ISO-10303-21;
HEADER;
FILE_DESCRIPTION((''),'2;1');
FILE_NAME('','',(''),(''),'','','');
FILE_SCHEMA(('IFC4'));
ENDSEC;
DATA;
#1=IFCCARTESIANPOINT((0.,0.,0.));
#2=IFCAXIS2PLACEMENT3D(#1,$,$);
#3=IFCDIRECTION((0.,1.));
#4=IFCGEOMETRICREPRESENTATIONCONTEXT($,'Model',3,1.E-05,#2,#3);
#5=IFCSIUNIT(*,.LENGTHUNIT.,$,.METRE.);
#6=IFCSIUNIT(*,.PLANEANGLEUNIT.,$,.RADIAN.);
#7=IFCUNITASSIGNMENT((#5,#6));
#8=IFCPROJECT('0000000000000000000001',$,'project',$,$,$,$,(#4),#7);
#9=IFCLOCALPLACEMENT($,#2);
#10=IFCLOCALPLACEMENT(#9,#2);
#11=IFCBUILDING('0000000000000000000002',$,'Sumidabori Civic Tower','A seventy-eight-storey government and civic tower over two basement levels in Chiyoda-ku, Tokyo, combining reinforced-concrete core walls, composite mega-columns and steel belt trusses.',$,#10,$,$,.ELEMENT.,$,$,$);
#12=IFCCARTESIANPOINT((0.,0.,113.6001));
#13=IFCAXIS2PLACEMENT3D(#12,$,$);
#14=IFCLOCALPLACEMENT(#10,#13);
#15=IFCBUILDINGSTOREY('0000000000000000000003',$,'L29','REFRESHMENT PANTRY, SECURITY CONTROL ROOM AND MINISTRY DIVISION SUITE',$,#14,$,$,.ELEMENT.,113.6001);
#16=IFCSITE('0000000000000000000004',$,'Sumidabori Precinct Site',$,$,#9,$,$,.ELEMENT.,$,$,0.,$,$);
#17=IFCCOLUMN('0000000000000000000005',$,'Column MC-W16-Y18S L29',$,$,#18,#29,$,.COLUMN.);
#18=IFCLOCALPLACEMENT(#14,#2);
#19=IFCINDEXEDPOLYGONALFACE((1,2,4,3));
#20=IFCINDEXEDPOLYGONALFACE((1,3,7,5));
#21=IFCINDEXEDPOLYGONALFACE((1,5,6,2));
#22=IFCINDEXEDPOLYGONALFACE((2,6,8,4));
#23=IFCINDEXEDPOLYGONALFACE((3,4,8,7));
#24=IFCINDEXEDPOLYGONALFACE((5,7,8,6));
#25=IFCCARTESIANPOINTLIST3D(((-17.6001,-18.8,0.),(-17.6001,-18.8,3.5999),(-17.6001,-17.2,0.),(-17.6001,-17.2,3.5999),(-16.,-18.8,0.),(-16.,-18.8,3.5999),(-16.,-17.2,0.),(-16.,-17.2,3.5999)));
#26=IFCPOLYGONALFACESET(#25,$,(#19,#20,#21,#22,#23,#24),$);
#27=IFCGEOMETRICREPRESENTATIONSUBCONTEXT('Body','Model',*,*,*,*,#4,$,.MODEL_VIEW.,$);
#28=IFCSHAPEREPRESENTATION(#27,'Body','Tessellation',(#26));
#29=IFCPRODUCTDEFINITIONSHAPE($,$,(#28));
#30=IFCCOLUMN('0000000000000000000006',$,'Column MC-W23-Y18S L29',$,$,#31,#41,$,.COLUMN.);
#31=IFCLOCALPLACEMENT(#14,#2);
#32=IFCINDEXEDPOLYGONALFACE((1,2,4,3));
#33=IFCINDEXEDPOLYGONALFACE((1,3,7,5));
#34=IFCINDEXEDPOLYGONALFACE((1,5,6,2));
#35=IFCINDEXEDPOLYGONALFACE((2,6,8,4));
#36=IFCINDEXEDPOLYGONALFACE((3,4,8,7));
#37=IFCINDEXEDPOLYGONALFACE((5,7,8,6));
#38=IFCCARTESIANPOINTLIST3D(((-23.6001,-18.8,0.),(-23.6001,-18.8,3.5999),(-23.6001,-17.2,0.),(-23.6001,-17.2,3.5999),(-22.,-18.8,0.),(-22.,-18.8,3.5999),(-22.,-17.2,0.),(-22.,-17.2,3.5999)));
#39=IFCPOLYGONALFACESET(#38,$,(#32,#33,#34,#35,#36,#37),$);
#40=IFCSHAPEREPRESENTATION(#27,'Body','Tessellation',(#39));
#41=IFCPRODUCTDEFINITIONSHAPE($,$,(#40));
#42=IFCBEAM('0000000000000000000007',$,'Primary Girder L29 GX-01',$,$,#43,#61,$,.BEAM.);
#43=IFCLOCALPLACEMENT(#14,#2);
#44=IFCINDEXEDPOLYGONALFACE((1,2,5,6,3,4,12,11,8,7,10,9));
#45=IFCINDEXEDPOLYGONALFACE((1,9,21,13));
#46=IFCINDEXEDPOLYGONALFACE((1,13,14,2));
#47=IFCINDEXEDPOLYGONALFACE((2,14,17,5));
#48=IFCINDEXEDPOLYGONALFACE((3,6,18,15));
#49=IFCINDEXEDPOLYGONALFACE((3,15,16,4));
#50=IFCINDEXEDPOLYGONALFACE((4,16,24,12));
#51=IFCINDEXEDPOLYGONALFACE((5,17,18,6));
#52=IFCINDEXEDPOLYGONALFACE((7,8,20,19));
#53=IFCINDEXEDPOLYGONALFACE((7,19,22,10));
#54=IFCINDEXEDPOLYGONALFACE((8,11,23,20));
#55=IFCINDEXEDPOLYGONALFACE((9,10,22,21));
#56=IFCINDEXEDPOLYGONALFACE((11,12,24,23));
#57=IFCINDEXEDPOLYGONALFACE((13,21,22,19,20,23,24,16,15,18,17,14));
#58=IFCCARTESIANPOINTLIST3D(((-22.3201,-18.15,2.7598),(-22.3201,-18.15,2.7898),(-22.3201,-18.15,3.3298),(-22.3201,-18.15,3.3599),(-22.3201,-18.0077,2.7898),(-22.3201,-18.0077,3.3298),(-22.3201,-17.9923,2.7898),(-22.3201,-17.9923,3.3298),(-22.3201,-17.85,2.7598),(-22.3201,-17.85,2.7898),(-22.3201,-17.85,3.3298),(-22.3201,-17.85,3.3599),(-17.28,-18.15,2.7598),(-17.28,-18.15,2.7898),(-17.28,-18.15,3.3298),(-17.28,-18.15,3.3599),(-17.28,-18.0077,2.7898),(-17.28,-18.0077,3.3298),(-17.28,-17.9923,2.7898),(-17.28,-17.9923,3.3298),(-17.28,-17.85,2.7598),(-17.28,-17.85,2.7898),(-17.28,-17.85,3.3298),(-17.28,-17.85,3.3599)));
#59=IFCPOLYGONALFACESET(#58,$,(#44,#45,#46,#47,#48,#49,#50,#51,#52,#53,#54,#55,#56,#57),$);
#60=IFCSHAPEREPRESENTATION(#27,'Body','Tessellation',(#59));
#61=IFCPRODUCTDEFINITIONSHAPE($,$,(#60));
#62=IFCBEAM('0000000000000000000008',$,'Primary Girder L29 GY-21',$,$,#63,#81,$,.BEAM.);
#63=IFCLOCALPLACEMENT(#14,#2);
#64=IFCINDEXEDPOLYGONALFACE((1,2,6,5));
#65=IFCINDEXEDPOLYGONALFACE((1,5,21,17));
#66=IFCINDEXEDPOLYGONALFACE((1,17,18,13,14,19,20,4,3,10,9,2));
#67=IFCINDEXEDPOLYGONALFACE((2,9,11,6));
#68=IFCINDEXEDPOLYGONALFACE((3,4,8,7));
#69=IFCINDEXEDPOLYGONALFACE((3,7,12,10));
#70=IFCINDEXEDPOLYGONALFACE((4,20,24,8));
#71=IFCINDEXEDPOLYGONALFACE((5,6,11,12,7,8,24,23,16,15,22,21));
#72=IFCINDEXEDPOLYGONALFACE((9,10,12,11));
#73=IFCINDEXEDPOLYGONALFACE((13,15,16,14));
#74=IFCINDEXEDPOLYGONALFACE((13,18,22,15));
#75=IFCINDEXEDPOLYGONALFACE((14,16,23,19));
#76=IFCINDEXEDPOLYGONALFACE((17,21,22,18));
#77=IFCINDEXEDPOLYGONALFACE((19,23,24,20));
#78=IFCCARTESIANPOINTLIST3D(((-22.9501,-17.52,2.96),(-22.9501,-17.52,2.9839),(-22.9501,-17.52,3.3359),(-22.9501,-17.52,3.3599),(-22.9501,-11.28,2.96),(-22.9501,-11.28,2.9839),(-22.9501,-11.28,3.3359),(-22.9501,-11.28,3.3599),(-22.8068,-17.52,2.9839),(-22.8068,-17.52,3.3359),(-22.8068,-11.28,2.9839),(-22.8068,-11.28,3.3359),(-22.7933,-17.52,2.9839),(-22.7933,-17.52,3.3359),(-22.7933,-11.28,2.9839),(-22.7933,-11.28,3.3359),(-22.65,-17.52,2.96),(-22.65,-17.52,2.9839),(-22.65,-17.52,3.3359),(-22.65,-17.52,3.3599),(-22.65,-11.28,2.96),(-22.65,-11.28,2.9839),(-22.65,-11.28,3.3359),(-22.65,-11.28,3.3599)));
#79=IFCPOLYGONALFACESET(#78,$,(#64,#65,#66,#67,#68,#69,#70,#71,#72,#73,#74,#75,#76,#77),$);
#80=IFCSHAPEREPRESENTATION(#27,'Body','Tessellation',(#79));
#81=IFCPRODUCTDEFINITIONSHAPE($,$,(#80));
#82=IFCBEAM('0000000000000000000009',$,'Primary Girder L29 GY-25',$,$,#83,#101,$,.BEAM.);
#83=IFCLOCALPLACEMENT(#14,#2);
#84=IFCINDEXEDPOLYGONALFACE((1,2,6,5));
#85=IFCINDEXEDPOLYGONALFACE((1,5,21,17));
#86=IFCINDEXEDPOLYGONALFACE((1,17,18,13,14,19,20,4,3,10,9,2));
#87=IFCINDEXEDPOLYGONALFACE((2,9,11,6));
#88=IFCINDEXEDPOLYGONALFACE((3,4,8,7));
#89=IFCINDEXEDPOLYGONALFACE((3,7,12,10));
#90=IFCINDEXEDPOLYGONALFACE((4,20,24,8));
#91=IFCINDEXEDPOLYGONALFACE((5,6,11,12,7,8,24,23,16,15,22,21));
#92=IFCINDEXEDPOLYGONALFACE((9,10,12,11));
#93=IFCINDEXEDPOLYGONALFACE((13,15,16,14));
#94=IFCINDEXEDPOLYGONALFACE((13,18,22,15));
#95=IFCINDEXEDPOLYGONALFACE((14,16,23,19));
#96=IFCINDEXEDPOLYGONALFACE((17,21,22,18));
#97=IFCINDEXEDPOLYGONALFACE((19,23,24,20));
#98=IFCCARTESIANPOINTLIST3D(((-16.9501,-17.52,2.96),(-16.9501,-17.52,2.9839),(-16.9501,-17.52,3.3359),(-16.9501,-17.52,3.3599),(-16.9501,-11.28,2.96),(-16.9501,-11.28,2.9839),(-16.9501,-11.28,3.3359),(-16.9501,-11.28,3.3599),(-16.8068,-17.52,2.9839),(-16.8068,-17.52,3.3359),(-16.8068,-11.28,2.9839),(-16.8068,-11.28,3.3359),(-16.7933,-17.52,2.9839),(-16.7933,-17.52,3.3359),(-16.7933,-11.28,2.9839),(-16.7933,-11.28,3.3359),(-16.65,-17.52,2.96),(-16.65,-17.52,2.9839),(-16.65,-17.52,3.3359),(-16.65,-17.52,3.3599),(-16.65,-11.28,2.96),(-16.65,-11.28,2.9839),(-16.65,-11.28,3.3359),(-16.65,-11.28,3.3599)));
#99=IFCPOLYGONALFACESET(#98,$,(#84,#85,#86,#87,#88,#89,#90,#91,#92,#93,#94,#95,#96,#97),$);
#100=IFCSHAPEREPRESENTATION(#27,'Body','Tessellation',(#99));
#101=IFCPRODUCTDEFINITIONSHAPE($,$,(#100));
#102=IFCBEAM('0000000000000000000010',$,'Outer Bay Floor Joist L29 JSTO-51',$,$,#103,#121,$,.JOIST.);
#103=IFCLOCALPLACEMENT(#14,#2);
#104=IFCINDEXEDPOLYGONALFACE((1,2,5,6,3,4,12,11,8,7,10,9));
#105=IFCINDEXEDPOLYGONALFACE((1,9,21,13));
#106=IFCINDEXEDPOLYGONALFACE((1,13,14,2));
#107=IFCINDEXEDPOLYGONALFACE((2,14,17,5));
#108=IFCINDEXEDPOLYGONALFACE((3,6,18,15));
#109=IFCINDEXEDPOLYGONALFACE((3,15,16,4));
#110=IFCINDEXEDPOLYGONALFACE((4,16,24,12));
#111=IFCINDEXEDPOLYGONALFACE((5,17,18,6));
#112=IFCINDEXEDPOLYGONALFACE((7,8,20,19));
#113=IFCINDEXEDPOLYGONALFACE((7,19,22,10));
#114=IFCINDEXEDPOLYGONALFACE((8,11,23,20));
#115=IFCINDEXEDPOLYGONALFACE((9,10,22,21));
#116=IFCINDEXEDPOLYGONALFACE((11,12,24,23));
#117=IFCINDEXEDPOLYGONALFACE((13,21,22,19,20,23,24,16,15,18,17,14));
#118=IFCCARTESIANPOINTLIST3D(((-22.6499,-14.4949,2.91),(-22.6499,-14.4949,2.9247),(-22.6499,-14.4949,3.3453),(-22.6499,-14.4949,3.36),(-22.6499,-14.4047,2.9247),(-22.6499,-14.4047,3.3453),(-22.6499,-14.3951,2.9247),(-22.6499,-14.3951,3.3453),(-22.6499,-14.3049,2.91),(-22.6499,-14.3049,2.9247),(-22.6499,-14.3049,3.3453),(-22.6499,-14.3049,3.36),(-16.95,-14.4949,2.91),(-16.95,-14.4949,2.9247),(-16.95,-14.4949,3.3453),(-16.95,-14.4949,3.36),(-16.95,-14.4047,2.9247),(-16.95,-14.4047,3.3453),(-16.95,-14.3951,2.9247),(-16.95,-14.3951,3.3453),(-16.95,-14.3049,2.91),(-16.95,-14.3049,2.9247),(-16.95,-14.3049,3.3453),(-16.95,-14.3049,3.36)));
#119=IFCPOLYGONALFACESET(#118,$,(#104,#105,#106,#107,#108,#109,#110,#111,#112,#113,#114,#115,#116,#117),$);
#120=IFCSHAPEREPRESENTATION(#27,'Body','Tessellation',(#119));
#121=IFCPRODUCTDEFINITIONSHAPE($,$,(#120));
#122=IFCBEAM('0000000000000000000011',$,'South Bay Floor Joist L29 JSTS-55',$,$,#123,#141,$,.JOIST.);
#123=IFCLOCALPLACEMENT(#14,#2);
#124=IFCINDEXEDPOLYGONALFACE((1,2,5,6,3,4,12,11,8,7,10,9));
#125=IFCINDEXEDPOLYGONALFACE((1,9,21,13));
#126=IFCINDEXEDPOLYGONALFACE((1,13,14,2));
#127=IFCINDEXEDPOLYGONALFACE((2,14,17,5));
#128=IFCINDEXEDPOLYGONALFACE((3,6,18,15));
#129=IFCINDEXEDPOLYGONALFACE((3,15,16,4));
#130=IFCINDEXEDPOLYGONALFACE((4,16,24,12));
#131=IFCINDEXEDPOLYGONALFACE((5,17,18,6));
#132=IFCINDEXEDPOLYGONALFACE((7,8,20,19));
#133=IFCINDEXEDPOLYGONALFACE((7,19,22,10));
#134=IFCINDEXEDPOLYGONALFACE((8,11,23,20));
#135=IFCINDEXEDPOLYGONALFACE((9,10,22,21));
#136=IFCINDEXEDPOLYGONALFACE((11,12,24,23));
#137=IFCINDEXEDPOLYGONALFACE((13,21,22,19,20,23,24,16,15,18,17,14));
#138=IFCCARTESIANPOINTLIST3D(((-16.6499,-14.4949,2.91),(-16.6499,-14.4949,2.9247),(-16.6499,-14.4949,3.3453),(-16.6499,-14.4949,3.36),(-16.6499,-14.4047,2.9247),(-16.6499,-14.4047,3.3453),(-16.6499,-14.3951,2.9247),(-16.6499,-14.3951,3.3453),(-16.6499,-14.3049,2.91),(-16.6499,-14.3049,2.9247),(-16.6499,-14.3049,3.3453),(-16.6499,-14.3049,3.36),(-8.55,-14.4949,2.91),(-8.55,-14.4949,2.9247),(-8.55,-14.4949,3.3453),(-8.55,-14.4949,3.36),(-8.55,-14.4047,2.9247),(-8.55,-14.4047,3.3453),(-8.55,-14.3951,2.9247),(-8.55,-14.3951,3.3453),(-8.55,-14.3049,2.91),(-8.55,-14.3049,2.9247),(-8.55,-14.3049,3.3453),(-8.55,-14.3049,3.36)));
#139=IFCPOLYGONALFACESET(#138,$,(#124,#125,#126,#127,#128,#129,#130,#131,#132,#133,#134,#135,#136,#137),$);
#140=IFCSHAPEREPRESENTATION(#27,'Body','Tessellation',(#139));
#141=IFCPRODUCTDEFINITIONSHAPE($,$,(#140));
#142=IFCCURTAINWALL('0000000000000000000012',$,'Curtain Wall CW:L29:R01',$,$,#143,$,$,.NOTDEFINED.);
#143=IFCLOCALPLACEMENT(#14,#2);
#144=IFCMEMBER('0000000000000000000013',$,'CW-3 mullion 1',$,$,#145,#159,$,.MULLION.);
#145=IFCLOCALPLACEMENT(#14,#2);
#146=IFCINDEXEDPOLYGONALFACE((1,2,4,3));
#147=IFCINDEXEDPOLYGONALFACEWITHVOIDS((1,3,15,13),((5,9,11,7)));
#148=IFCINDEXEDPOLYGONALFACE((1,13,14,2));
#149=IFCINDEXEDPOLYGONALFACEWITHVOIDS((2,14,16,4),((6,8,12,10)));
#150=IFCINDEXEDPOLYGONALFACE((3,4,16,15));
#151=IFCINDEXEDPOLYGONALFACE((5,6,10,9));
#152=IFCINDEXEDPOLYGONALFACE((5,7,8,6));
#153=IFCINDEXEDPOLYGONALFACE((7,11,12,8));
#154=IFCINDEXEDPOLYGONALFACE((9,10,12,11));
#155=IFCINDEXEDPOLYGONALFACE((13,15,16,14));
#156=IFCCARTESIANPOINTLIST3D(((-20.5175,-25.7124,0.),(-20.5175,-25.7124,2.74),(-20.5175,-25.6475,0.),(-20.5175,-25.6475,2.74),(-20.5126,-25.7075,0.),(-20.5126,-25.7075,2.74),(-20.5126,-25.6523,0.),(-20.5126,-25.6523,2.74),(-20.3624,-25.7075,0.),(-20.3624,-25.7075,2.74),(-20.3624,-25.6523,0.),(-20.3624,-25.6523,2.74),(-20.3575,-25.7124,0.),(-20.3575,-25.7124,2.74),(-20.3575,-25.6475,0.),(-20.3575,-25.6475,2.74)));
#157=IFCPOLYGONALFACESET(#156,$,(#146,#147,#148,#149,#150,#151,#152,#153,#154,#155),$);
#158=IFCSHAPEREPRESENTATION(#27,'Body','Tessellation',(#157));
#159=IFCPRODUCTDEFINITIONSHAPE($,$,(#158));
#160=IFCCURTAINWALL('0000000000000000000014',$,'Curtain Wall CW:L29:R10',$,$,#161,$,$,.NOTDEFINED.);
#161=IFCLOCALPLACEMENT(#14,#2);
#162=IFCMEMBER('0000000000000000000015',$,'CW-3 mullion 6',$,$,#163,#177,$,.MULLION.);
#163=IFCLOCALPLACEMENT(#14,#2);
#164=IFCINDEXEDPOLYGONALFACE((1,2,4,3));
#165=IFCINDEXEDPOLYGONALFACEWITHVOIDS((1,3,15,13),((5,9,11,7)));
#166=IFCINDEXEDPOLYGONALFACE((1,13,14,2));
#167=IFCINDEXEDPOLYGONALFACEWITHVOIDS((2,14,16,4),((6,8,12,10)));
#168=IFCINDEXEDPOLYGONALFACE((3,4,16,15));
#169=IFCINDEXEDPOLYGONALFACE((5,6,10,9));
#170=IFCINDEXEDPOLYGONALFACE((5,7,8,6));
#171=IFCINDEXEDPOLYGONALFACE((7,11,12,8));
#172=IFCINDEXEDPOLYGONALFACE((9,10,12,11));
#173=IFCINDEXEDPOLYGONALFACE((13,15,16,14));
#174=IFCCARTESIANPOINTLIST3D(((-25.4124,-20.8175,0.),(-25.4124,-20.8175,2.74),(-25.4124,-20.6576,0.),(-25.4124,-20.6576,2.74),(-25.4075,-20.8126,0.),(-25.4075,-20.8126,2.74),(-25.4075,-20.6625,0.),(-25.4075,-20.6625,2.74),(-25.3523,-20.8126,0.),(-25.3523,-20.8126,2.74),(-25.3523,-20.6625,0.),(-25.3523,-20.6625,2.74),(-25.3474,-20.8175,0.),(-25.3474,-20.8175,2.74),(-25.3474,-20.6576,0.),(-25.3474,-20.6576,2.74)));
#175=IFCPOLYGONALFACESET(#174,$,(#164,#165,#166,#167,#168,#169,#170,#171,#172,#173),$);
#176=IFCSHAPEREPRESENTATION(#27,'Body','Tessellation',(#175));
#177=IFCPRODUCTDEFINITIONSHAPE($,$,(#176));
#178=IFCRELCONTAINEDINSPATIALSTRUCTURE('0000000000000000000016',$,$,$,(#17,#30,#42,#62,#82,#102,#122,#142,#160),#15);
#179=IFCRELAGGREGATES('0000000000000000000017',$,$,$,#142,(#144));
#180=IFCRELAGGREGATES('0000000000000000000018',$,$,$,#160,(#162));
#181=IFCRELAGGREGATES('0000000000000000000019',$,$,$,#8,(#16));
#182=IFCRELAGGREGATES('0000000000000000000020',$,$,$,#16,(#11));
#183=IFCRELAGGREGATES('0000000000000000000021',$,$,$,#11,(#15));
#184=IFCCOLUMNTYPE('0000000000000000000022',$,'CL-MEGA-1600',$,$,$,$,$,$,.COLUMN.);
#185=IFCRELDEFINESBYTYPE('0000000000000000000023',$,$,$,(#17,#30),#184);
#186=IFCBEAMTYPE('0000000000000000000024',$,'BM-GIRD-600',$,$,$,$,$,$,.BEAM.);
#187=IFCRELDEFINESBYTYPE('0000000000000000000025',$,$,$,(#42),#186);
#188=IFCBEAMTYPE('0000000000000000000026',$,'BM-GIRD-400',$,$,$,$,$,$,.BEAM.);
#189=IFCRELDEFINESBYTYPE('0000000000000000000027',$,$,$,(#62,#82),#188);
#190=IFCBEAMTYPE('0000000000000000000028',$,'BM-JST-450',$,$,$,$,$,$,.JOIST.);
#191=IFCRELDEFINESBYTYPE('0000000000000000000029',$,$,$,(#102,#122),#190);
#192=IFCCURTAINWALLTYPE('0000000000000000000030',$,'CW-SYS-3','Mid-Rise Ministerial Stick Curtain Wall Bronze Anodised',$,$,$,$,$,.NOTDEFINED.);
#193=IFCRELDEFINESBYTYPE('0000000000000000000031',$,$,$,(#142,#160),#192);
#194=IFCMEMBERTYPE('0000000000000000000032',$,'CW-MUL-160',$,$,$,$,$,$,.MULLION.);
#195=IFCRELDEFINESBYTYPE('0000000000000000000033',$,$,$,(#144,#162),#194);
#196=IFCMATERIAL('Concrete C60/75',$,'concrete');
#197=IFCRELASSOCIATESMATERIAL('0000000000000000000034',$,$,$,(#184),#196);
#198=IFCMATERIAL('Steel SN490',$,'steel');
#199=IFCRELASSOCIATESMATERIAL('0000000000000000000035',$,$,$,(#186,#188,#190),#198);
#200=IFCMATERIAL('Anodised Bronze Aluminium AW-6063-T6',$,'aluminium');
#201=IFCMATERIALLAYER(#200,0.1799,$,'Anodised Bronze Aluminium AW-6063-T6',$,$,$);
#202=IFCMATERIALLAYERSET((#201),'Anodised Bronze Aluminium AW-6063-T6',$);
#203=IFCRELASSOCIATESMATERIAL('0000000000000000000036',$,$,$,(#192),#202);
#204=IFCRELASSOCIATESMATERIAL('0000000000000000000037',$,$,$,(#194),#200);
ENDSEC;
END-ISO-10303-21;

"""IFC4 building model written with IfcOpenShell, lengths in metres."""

from ifc_helpers import new_model, si_unit, direction, frame, origin, origin_2d, place, context, subcontext, project, spatial, rectangle, hollow_rectangle, i_section, extrude, source, transform, mapped, material, layer, layer_set, material_profile, profile_set, type_object, element, aggregate, save


model = new_model("IFC4")

# Units and contexts
model_context = context("Model", 3, precision=1e-05, world=origin(), true_north=direction((0.0, 1.0)))
body_context = subcontext(model_context, "Body", "Model", "MODEL_VIEW")
ifc_project = project(units=[si_unit("LENGTHUNIT", "METRE"), si_unit("PLANEANGLEUNIT", "RADIAN")], contexts=[model_context])

# Site, building, storey
site_placement = place(None, origin())
site = spatial("IfcSite", under=ifc_project, at=site_placement, Name="Sumidabori Precinct Site", CompositionType="ELEMENT", RefElevation=0.0)
building_placement = place(site_placement, origin())
building = spatial("IfcBuilding", under=site, at=building_placement, Name="Sumidabori Civic Tower", Description="A seventy-eight-storey government and civic tower over two basement levels in Chiyoda-ku, Tokyo, combining reinforced-concrete core walls, composite mega-columns and steel belt trusses.", CompositionType="ELEMENT")
storey_placement = place(building_placement, frame((0.0, 0.0, 113.6001)))
storey = spatial("IfcBuildingStorey", under=building, at=storey_placement, Name="L29", Description="REFRESHMENT PANTRY, SECURITY CONTROL ROOM AND MINISTRY DIVISION SUITE", CompositionType="ELEMENT", Elevation=113.6001)

# Columns
ifc_material_1 = material(Name="Concrete C60/75", Category="concrete")
ifc_material_profile_1 = material_profile(ifc_material_1, rectangle(XDim=1.6001, YDim=1.6001, at=origin_2d()), Name="RC 1600x1600")
ifc_profile_set_1 = profile_set([ifc_material_profile_1], Name="Concrete C60/75")
column_type = type_object("IfcColumnType", Name="CL-MEGA-1600", PredefinedType="COLUMN", material=ifc_profile_set_1)
shared_shape_1 = source(origin(), body_context, "Body", "SweptSolid", [
    extrude(rectangle(XDim=1.6001, YDim=1.6001, at=origin_2d()), origin(), (0.0, 0.0, 1.0), 3.5999),
])
for number, where, z_axis, x_axis, name in (
    (1, (-16.8, -18.0, 0.0), (0.0, 0.0, 1.0), (1.0, 0.0, 0.0), "Column MC-W16-Y18S L29"),
    (2, (-22.8, -18.0, 0.0), (0.0, 0.0, 1.0), (1.0, 0.0, 0.0), "Column MC-W23-Y18S L29"),
):
    element("IfcColumn", number, at=place(storey_placement, frame(where, z_axis=z_axis, x_axis=x_axis)), inside=storey, type_object=column_type, Name=name, PredefinedType="COLUMN", context=body_context, shape_type="MappedRepresentation", body=[
        mapped(shared_shape_1, transform((0.0, 0.0, 0.0), x_axis=(1.0, 0.0, 0.0), y_axis=(0.0, 1.0, 0.0), z_axis=(0.0, 0.0, 1.0), scale=1.0)),
    ])

# Beams
ifc_material_2 = material(Name="Steel SN490", Category="steel")
ifc_material_profile_2 = material_profile(ifc_material_2, i_section(OverallWidth=0.3, OverallDepth=0.6001, WebThickness=0.0154, FlangeThickness=0.03, at=origin_2d()), Name="HE 600 B")
ifc_profile_set_2 = profile_set([ifc_material_profile_2], Name="Steel SN490")
beam_type_1 = type_object("IfcBeamType", Name="BM-GIRD-600", PredefinedType="BEAM", material=ifc_profile_set_2)
shared_shape_2 = source(origin(), body_context, "Body", "SweptSolid", [
    extrude(i_section(OverallWidth=0.3, OverallDepth=0.6001, WebThickness=0.0154, FlangeThickness=0.03, at=origin_2d()), origin(), (0.0, 0.0, 1.0), 5.04),
])
beam_1_placement = place(storey_placement, frame((-22.3201, -18.0, 3.0598), z_axis=(1.0, 0.0, 0.0), x_axis=(0.0, 1.0, 0.0)))
element("IfcBeam", 3, at=beam_1_placement, inside=storey, type_object=beam_type_1, Name="Primary Girder L29 GX-01", PredefinedType="BEAM", context=body_context, shape_type="MappedRepresentation", body=[
    mapped(shared_shape_2, transform((0.0, 0.0, 0.0), x_axis=(1.0, 0.0, 0.0), y_axis=(0.0, 1.0, 0.0), z_axis=(0.0, 0.0, 1.0), scale=1.0)),
])
ifc_material_profile_3 = material_profile(ifc_material_2, i_section(OverallWidth=0.3, OverallDepth=0.3999, WebThickness=0.0134, FlangeThickness=0.0239, at=origin_2d()), Name="HE 400 B")
ifc_profile_set_3 = profile_set([ifc_material_profile_3], Name="Steel SN490")
beam_type_2 = type_object("IfcBeamType", Name="BM-GIRD-400", PredefinedType="BEAM", material=ifc_profile_set_3)
shared_shape_3 = source(origin(), body_context, "Body", "SweptSolid", [
    extrude(i_section(OverallWidth=0.3, OverallDepth=0.3999, WebThickness=0.0134, FlangeThickness=0.0239, at=origin_2d()), origin(), (0.0, 0.0, 1.0), 6.24),
])
for number, where, z_axis, x_axis, name in (
    (4, (-22.8, -17.52, 3.1599), (0.0, 1.0, 0.0), (-1.0, 0.0, 0.0), "Primary Girder L29 GY-21"),
    (5, (-16.8, -17.52, 3.1599), (0.0, 1.0, 0.0), (-1.0, 0.0, 0.0), "Primary Girder L29 GY-25"),
):
    element("IfcBeam", number, at=place(storey_placement, frame(where, z_axis=z_axis, x_axis=x_axis)), inside=storey, type_object=beam_type_2, Name=name, PredefinedType="BEAM", context=body_context, shape_type="MappedRepresentation", body=[
        mapped(shared_shape_3, transform((0.0, 0.0, 0.0), x_axis=(1.0, 0.0, 0.0), y_axis=(0.0, 1.0, 0.0), z_axis=(0.0, 0.0, 1.0), scale=1.0)),
    ])
ifc_material_profile_4 = material_profile(ifc_material_2, i_section(OverallWidth=0.1899, OverallDepth=0.45, WebThickness=0.0095, FlangeThickness=0.0146, at=origin_2d()), Name="IPE 450")
ifc_profile_set_4 = profile_set([ifc_material_profile_4], Name="Steel SN490")
beam_type_3 = type_object("IfcBeamType", Name="BM-JST-450", PredefinedType="JOIST", material=ifc_profile_set_4)
shared_shape_4 = source(origin(), body_context, "Body", "SweptSolid", [
    extrude(i_section(OverallWidth=0.1899, OverallDepth=0.45, WebThickness=0.0095, FlangeThickness=0.0146, at=origin_2d()), origin(), (0.0, 0.0, 1.0), 5.7),
])
beam_2_placement = place(storey_placement, frame((-22.6499, -14.3999, 3.135), z_axis=(1.0, 0.0, 0.0), x_axis=(0.0, 1.0, 0.0)))
element("IfcBeam", 6, at=beam_2_placement, inside=storey, type_object=beam_type_3, Name="Outer Bay Floor Joist L29 JSTO-51", PredefinedType="JOIST", context=body_context, shape_type="MappedRepresentation", body=[
    mapped(shared_shape_4, transform((0.0, 0.0, 0.0), x_axis=(1.0, 0.0, 0.0), y_axis=(0.0, 1.0, 0.0), z_axis=(0.0, 0.0, 1.0), scale=1.0)),
])
shared_shape_5 = source(origin(), body_context, "Body", "SweptSolid", [
    extrude(i_section(OverallWidth=0.1899, OverallDepth=0.45, WebThickness=0.0095, FlangeThickness=0.0146, at=origin_2d()), origin(), (0.0, 0.0, 1.0), 8.0999),
])
beam_3_placement = place(storey_placement, frame((-16.6499, -14.3999, 3.135), z_axis=(1.0, 0.0, 0.0), x_axis=(0.0, 1.0, 0.0)))
element("IfcBeam", 7, at=beam_3_placement, inside=storey, type_object=beam_type_3, Name="South Bay Floor Joist L29 JSTS-55", PredefinedType="JOIST", context=body_context, shape_type="MappedRepresentation", body=[
    mapped(shared_shape_5, transform((0.0, 0.0, 0.0), x_axis=(1.0, 0.0, 0.0), y_axis=(0.0, 1.0, 0.0), z_axis=(0.0, 0.0, 1.0), scale=1.0)),
])

# Curtain walls, members
ifc_material_3 = material(Name="Anodised Bronze Aluminium AW-6063-T6", Category="aluminium")
ifc_layer_1 = layer(ifc_material_3, 0.1799, Name="Anodised Bronze Aluminium AW-6063-T6")
ifc_layer_set_1 = layer_set([ifc_layer_1], Name="Anodised Bronze Aluminium AW-6063-T6")
curtain_wall_type = type_object("IfcCurtainWallType", Name="CW-SYS-3", Description="Mid-Rise Ministerial Stick Curtain Wall Bronze Anodised", PredefinedType="NOTDEFINED", material=ifc_layer_set_1)
curtain_wall_1_placement = place(storey_placement, origin())
curtain_wall_1 = element("IfcCurtainWall", 8, at=curtain_wall_1_placement, inside=storey, type_object=curtain_wall_type, Name="Curtain Wall CW:L29:R01", PredefinedType="NOTDEFINED")
ifc_material_profile_5 = material_profile(ifc_material_3, hollow_rectangle(XDim=0.0649, YDim=0.1599, WallThickness=0.0049, at=origin_2d()), Name="ALU MULLION 160x65")
ifc_profile_set_5 = profile_set([ifc_material_profile_5], Name="Anodised Bronze Aluminium AW-6063-T6")
member_type_1 = type_object("IfcMemberType", Name="CW-MUL-160", PredefinedType="MULLION", material=ifc_profile_set_5)
shared_shape_6 = source(origin(), body_context, "Body", "SweptSolid", [
    extrude(hollow_rectangle(XDim=0.0649, YDim=0.1599, WallThickness=0.0049, at=origin_2d()), origin(), (0.0, 0.0, 1.0), 2.74),
])
member_1_placement = place(storey_placement, frame((-20.4375, -25.6799, 0.0), z_axis=(0.0, 0.0, 1.0), x_axis=(0.0, 1.0, 0.0)))
member_1 = element("IfcMember", 9, at=member_1_placement, type_object=member_type_1, Name="CW-3 mullion 1", PredefinedType="MULLION", context=body_context, shape_type="MappedRepresentation", body=[
    mapped(shared_shape_6, transform((0.0, 0.0, 0.0), x_axis=(1.0, 0.0, 0.0), y_axis=(0.0, 1.0, 0.0), z_axis=(0.0, 0.0, 1.0), scale=1.0)),
])
curtain_wall_2_placement = place(storey_placement, origin())
curtain_wall_2 = element("IfcCurtainWall", 10, at=curtain_wall_2_placement, inside=storey, type_object=curtain_wall_type, Name="Curtain Wall CW:L29:R10", PredefinedType="NOTDEFINED")
member_2_placement = place(storey_placement, frame((-25.3799, -20.7375, 0.0), z_axis=(0.0, 0.0, 1.0), x_axis=(1.0, 0.0, 0.0)))
member_2 = element("IfcMember", 11, at=member_2_placement, type_object=member_type_1, Name="CW-3 mullion 6", PredefinedType="MULLION", context=body_context, shape_type="MappedRepresentation", body=[
    mapped(shared_shape_6, transform((0.0, 0.0, 0.0), x_axis=(1.0, 0.0, 0.0), y_axis=(0.0, 1.0, 0.0), z_axis=(0.0, 0.0, 1.0), scale=1.0)),
])

aggregate(curtain_wall_1, [member_1])
aggregate(curtain_wall_2, [member_2])

save(model, "model.ifc")
